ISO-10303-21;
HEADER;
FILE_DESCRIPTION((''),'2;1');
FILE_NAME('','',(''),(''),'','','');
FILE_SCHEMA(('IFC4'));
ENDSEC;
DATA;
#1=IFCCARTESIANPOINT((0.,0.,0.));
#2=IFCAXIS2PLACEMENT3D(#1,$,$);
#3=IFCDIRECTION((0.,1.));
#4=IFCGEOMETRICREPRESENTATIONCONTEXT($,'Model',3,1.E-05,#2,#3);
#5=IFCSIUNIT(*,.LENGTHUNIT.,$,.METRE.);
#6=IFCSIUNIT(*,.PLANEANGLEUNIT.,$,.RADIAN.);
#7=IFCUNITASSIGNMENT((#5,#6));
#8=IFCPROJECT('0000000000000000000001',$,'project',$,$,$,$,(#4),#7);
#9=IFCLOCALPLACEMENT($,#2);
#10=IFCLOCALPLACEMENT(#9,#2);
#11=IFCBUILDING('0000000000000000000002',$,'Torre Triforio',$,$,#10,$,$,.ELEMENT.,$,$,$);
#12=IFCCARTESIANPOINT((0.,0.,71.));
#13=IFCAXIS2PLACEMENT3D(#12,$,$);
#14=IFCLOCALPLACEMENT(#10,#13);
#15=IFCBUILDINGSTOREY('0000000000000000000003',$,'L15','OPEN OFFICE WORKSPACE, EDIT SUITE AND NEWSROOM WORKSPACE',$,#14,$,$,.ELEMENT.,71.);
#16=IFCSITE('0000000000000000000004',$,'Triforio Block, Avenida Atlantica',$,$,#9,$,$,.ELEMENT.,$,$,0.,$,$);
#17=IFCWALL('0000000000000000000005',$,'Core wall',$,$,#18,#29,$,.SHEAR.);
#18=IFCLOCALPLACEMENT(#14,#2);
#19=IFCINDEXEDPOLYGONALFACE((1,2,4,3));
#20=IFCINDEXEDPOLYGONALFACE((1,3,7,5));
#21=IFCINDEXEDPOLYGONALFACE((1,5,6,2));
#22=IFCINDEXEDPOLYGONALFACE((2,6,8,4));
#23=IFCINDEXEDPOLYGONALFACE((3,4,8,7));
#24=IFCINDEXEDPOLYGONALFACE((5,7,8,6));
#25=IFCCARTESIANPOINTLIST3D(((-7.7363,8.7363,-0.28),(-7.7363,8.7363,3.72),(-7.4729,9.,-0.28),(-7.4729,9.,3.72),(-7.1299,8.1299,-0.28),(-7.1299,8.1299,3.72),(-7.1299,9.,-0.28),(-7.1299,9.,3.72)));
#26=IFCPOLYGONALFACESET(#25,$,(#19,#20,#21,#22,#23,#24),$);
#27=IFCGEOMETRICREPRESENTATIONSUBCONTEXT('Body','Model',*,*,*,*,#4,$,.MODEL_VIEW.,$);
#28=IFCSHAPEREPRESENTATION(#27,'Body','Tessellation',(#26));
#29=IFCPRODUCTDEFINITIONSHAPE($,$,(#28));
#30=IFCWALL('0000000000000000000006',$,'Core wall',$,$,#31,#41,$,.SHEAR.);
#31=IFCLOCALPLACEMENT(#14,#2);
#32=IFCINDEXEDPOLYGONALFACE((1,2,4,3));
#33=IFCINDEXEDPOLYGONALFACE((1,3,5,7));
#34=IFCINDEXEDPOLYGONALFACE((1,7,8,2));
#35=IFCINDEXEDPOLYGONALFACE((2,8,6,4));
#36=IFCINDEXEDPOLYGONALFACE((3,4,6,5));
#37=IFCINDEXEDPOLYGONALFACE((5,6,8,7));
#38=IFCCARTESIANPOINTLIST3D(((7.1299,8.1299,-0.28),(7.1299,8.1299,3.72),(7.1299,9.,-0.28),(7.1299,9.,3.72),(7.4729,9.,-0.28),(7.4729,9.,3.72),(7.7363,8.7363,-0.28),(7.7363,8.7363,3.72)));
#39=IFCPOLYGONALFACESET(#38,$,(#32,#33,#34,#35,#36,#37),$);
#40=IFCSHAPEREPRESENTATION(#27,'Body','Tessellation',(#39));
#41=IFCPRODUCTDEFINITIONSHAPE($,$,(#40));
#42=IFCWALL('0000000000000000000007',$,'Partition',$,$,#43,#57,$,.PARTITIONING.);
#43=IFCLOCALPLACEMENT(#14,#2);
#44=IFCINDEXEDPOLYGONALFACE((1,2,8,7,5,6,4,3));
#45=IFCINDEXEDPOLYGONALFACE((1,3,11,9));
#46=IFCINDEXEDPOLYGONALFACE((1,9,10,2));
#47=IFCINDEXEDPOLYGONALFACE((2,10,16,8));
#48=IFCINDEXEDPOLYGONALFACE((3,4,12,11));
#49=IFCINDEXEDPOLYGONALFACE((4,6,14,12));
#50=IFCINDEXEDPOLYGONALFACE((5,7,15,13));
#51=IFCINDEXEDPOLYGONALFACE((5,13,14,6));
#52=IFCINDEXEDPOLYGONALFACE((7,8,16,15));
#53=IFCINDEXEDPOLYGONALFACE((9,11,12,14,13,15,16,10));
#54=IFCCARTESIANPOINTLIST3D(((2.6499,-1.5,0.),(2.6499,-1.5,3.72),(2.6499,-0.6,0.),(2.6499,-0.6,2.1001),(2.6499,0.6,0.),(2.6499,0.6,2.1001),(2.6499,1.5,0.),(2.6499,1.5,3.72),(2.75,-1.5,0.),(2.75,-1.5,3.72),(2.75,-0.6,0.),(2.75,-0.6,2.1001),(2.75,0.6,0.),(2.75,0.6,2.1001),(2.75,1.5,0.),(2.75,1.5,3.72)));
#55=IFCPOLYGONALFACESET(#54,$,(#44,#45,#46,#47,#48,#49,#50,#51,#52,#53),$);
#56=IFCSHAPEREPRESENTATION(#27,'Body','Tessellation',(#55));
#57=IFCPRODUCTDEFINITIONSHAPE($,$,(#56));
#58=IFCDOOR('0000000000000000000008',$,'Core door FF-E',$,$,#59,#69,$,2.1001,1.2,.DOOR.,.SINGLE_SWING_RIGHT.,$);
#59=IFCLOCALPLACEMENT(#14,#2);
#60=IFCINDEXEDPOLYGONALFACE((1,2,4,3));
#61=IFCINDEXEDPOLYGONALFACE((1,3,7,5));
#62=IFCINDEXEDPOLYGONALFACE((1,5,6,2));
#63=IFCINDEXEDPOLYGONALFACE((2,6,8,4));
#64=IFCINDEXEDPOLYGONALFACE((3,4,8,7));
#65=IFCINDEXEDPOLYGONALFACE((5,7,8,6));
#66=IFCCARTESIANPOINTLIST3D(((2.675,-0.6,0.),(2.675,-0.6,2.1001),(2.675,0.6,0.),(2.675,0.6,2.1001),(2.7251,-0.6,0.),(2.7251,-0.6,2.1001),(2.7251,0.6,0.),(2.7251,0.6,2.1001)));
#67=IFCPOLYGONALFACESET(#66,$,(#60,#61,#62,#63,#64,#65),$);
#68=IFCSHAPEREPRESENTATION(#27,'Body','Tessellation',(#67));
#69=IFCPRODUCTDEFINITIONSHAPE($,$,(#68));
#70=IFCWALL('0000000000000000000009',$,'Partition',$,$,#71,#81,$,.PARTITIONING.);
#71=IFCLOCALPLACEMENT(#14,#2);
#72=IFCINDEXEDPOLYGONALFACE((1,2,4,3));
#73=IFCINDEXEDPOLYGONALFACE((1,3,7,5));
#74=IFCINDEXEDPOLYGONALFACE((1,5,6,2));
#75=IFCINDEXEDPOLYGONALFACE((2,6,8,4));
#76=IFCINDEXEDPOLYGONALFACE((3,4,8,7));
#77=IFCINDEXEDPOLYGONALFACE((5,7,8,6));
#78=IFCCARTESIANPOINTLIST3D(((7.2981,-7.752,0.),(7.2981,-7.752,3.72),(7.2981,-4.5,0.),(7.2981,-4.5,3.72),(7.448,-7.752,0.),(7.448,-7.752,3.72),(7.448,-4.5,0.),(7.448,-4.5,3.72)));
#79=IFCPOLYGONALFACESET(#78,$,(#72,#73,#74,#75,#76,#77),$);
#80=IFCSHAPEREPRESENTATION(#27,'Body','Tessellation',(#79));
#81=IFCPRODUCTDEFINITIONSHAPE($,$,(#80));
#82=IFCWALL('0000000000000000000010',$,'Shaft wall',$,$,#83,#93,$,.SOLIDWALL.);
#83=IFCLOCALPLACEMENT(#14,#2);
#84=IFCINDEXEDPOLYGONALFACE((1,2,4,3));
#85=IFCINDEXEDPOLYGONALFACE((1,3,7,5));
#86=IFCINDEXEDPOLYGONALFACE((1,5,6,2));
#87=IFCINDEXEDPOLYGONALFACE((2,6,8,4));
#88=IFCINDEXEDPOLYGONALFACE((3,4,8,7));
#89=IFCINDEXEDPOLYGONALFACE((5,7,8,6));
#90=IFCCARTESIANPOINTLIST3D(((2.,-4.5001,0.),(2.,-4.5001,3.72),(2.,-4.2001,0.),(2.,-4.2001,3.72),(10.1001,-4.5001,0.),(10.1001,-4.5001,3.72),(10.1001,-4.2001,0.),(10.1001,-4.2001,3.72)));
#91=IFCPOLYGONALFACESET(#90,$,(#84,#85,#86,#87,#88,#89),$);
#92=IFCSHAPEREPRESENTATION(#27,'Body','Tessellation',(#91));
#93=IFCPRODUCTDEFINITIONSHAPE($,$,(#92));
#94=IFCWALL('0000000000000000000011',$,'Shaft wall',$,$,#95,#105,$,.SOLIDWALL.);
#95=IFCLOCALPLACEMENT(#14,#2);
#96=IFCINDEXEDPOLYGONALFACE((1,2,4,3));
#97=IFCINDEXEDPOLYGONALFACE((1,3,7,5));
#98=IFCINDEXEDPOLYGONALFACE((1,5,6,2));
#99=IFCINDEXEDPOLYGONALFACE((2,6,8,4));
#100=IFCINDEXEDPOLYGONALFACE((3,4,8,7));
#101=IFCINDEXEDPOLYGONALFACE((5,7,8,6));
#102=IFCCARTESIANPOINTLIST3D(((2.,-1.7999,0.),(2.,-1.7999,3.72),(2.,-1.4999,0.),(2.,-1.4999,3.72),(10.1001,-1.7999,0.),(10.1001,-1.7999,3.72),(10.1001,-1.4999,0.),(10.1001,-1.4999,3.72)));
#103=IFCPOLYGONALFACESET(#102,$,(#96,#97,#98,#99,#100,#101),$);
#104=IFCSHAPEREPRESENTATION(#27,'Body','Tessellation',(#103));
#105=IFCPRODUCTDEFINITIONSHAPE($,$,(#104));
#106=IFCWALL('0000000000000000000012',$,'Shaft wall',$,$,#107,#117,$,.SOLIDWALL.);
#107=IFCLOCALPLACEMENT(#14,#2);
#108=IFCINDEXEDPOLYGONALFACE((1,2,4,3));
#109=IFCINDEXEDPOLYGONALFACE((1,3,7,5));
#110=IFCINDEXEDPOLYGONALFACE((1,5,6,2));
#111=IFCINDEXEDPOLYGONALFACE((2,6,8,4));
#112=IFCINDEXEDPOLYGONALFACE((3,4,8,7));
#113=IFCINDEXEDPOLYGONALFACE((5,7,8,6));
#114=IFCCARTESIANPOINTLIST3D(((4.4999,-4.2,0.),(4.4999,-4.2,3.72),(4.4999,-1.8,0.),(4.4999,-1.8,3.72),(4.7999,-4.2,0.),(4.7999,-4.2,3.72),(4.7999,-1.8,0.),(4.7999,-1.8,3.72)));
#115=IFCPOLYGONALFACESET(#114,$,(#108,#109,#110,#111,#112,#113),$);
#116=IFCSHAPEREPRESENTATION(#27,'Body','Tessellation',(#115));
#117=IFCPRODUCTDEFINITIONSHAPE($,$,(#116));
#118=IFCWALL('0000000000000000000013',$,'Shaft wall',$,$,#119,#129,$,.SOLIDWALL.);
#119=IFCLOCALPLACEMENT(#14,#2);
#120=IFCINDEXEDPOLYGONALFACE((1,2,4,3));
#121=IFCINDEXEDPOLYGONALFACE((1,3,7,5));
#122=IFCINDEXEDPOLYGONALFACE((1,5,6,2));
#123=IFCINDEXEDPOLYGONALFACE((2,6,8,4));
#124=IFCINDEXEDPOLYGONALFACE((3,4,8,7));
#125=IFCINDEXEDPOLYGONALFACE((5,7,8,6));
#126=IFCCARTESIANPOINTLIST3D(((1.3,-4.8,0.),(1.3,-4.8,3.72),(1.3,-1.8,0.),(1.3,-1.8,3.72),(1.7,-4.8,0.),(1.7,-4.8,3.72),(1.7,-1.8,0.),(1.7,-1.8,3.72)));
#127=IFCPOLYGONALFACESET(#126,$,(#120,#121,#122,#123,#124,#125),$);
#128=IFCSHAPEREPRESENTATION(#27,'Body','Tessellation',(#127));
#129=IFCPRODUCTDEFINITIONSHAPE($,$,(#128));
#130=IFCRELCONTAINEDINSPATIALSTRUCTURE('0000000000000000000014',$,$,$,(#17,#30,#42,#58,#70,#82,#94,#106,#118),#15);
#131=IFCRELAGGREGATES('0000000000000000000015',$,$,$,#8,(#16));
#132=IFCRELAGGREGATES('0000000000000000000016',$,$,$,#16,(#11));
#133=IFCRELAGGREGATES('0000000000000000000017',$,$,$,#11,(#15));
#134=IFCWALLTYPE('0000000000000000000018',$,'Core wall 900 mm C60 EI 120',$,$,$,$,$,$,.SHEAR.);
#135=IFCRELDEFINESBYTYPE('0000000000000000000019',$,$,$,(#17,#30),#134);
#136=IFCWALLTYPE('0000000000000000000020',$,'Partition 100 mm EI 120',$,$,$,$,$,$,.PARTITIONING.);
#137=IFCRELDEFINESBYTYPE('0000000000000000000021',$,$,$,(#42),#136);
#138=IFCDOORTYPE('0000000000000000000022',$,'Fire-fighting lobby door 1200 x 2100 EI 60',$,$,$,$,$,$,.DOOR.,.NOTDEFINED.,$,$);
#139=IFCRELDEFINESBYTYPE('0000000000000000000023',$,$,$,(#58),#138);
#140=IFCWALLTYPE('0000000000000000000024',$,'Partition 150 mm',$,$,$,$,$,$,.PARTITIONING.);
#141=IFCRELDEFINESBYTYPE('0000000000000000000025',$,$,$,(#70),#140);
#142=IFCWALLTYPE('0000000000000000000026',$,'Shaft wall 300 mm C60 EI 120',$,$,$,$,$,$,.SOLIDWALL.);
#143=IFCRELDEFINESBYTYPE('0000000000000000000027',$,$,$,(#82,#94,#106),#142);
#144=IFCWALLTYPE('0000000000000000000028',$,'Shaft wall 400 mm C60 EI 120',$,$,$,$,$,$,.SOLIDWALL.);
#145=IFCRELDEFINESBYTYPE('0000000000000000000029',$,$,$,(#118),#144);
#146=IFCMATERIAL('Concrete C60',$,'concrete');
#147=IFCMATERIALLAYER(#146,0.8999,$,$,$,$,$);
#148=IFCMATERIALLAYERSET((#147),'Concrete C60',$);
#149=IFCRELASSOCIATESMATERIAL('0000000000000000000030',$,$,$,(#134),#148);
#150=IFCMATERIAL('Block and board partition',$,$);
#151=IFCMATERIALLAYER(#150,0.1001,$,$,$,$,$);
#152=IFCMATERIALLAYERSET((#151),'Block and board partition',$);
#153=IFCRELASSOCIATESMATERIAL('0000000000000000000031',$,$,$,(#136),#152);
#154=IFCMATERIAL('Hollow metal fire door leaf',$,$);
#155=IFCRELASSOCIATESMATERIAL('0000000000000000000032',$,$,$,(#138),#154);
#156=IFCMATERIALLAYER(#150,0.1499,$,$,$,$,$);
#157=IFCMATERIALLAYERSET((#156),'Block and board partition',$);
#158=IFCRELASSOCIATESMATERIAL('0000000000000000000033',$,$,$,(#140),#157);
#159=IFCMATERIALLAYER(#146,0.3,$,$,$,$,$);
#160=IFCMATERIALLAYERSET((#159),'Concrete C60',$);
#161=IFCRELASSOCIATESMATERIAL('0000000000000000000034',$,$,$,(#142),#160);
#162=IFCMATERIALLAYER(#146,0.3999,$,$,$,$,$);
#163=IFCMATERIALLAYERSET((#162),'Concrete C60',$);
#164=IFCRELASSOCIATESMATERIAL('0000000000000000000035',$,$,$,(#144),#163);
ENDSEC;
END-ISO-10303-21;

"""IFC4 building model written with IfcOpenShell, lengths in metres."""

from ifc_helpers import new_model, si_unit, direction, frame, frame_2d, origin, place, context, subcontext, project, spatial, polyline, rectangle, outline, extrude, material, layer, layer_set, type_object, element, fill, save


model = new_model("IFC4")

# Units and contexts
model_context = context("Model", 3, precision=1e-05, world=origin(), true_north=direction((0.0, 1.0)))
body_context = subcontext(model_context, "Body", "Model", "MODEL_VIEW")
ifc_project = project(units=[si_unit("LENGTHUNIT", "METRE"), si_unit("PLANEANGLEUNIT", "RADIAN")], contexts=[model_context])

# Site, building, storey
site_placement = place(None, origin())
site = spatial("IfcSite", under=ifc_project, at=site_placement, Name="Triforio Block, Avenida Atlantica", CompositionType="ELEMENT", RefElevation=0.0)
building_placement = place(site_placement, origin())
building = spatial("IfcBuilding", under=site, at=building_placement, Name="Torre Triforio", CompositionType="ELEMENT")
storey_placement = place(building_placement, frame((0.0, 0.0, 71.0)))
storey = spatial("IfcBuildingStorey", under=building, at=storey_placement, Name="L15", Description="OPEN OFFICE WORKSPACE, EDIT SUITE AND NEWSROOM WORKSPACE", CompositionType="ELEMENT", Elevation=71.0)

# Shared definitions
ifc_material_1 = material(Name="Concrete C60", Category="concrete")

# Walls
ifc_layer_1 = layer(ifc_material_1, 0.8999)
ifc_layer_set_1 = layer_set([ifc_layer_1], Name="Concrete C60")
wall_type_1 = type_object("IfcWallType", Name="Core wall 900 mm C60 EI 120", PredefinedType="SHEAR", material=ifc_layer_set_1)
wall_1_placement = place(storey_placement, frame((0.0, 0.0, -0.28)))
element("IfcWall", 1, at=wall_1_placement, inside=storey, type_object=wall_type_1, Name="Core wall", PredefinedType="SHEAR", context=body_context, shape_type="SweptSolid", body=[
    extrude(outline(polyline([(-7.4729, 9.0), (-7.1299, 9.0), (-7.1299, 8.1299), (-7.7363, 8.7363), (-7.4729, 9.0)])), origin(), (0.0, 0.0, 1.0), 4.0),
])
wall_2_placement = place(storey_placement, frame((0.0, 0.0, -0.28)))
element("IfcWall", 2, at=wall_2_placement, inside=storey, type_object=wall_type_1, Name="Core wall", PredefinedType="SHEAR", context=body_context, shape_type="SweptSolid", body=[
    extrude(outline(polyline([(7.4729, 9.0), (7.7363, 8.7363), (7.1299, 8.1299), (7.1299, 9.0), (7.4729, 9.0)])), origin(), (0.0, 0.0, 1.0), 4.0),
])

# Wall, opening, door
ifc_material_2 = material(Name="Block and board partition")
ifc_layer_2 = layer(ifc_material_2, 0.1001)
ifc_layer_set_2 = layer_set([ifc_layer_2], Name="Block and board partition")
wall_type_2 = type_object("IfcWallType", Name="Partition 100 mm EI 120", PredefinedType="PARTITIONING", material=ifc_layer_set_2)
wall_3_placement = place(storey_placement, frame((2.7, -1.5, 0.0), z_axis=(0.0, 0.0, 1.0), x_axis=(0.0, 1.0, 0.0)))
wall_3 = element("IfcWall", 3, at=wall_3_placement, inside=storey, type_object=wall_type_2, Name="Partition", PredefinedType="PARTITIONING", context=body_context, shape_type="SweptSolid", body=[
    extrude(rectangle(XDim=3.0, YDim=0.1001, at=frame_2d((1.5, 0.0))), origin(), (0.0, 0.0, 1.0), 3.72),
])
opening_placement = place(wall_3_placement, frame((0.8999, 0.0, 0.0)))
opening = element("IfcOpeningElement", 4, at=opening_placement, cuts=wall_3, PredefinedType="OPENING", context=body_context, shape_type="SweptSolid", body=[
    extrude(rectangle(XDim=1.2, YDim=2.1001, at=frame_2d((0.6001, 1.05))), frame((0.0, 0.0601, 0.0), z_axis=(0.0, -1.0, 0.0), x_axis=(1.0, 0.0, 0.0)), (0.0, 0.0, 1.0), 0.1201),
])
ifc_material_3 = material(Name="Hollow metal fire door leaf")
door_type = type_object("IfcDoorType", Name="Fire-fighting lobby door 1200 x 2100 EI 60", OperationType="NOTDEFINED", PredefinedType="DOOR", material=ifc_material_3)
door_placement = place(opening_placement, origin())
door = element("IfcDoor", 5, at=door_placement, inside=storey, type_object=door_type, Name="Core door FF-E", OperationType="SINGLE_SWING_RIGHT", OverallHeight=2.1001, OverallWidth=1.2, PredefinedType="DOOR", context=body_context, shape_type="SweptSolid", body=[
    extrude(rectangle(XDim=1.2, YDim=2.1001, at=frame_2d((0.6001, 1.05))), frame((0.0, 0.0249, 0.0), z_axis=(0.0, -1.0, 0.0), x_axis=(1.0, 0.0, 0.0)), (0.0, 0.0, 1.0), 0.05),
])
fill(opening, door)

# Walls
ifc_layer_3 = layer(ifc_material_2, 0.1499)
ifc_layer_set_3 = layer_set([ifc_layer_3], Name="Block and board partition")
wall_type_3 = type_object("IfcWallType", Name="Partition 150 mm", PredefinedType="PARTITIONING", material=ifc_layer_set_3)
wall_4_placement = place(storey_placement, frame((7.373, -7.752, 0.0), z_axis=(0.0, 0.0, 1.0), x_axis=(0.0, 1.0, 0.0)))
element("IfcWall", 6, at=wall_4_placement, inside=storey, type_object=wall_type_3, Name="Partition", PredefinedType="PARTITIONING", context=body_context, shape_type="SweptSolid", body=[
    extrude(rectangle(XDim=3.252, YDim=0.1499, at=frame_2d((1.626, 0.0))), origin(), (0.0, 0.0, 1.0), 3.72),
])
ifc_layer_4 = layer(ifc_material_1, 0.3)
ifc_layer_set_4 = layer_set([ifc_layer_4], Name="Concrete C60")
wall_type_4 = type_object("IfcWallType", Name="Shaft wall 300 mm C60 EI 120", PredefinedType="SOLIDWALL", material=ifc_layer_set_4)
for number, where, z_axis, x_axis, name in (
    (7, (2.0, -4.3501, 0.0), (0.0, 0.0, 1.0), (1.0, 0.0, 0.0), "Shaft wall"),
    (8, (2.0, -1.6499, 0.0), (0.0, 0.0, 1.0), (1.0, 0.0, 0.0), "Shaft wall"),
):
    element("IfcWall", number, at=place(storey_placement, frame(where, z_axis=z_axis, x_axis=x_axis)), inside=storey, type_object=wall_type_4, Name=name, PredefinedType="SOLIDWALL", context=body_context, shape_type="SweptSolid", body=[
        extrude(rectangle(XDim=8.1001, YDim=0.3, at=frame_2d((4.05, 0.0))), origin(), (0.0, 0.0, 1.0), 3.72),
    ])
wall_5_placement = place(storey_placement, frame((4.6499, -4.2, 0.0), z_axis=(0.0, 0.0, 1.0), x_axis=(0.0, 1.0, 0.0)))
element("IfcWall", 9, at=wall_5_placement, inside=storey, type_object=wall_type_4, Name="Shaft wall", PredefinedType="SOLIDWALL", context=body_context, shape_type="SweptSolid", body=[
    extrude(rectangle(XDim=2.3999, YDim=0.3, at=frame_2d((1.2, 0.0))), origin(), (0.0, 0.0, 1.0), 3.72),
])
ifc_layer_5 = layer(ifc_material_1, 0.3999)
ifc_layer_set_5 = layer_set([ifc_layer_5], Name="Concrete C60")
wall_type_5 = type_object("IfcWallType", Name="Shaft wall 400 mm C60 EI 120", PredefinedType="SOLIDWALL", material=ifc_layer_set_5)
wall_6_placement = place(storey_placement, frame((1.5, -4.8, 0.0), z_axis=(0.0, 0.0, 1.0), x_axis=(0.0, 1.0, 0.0)))
element("IfcWall", 10, at=wall_6_placement, inside=storey, type_object=wall_type_5, Name="Shaft wall", PredefinedType="SOLIDWALL", context=body_context, shape_type="SweptSolid", body=[
    extrude(rectangle(XDim=3.0, YDim=0.3999, at=frame_2d((1.5, 0.0))), origin(), (0.0, 0.0, 1.0), 3.72),
])

save(model, "model.ifc")
